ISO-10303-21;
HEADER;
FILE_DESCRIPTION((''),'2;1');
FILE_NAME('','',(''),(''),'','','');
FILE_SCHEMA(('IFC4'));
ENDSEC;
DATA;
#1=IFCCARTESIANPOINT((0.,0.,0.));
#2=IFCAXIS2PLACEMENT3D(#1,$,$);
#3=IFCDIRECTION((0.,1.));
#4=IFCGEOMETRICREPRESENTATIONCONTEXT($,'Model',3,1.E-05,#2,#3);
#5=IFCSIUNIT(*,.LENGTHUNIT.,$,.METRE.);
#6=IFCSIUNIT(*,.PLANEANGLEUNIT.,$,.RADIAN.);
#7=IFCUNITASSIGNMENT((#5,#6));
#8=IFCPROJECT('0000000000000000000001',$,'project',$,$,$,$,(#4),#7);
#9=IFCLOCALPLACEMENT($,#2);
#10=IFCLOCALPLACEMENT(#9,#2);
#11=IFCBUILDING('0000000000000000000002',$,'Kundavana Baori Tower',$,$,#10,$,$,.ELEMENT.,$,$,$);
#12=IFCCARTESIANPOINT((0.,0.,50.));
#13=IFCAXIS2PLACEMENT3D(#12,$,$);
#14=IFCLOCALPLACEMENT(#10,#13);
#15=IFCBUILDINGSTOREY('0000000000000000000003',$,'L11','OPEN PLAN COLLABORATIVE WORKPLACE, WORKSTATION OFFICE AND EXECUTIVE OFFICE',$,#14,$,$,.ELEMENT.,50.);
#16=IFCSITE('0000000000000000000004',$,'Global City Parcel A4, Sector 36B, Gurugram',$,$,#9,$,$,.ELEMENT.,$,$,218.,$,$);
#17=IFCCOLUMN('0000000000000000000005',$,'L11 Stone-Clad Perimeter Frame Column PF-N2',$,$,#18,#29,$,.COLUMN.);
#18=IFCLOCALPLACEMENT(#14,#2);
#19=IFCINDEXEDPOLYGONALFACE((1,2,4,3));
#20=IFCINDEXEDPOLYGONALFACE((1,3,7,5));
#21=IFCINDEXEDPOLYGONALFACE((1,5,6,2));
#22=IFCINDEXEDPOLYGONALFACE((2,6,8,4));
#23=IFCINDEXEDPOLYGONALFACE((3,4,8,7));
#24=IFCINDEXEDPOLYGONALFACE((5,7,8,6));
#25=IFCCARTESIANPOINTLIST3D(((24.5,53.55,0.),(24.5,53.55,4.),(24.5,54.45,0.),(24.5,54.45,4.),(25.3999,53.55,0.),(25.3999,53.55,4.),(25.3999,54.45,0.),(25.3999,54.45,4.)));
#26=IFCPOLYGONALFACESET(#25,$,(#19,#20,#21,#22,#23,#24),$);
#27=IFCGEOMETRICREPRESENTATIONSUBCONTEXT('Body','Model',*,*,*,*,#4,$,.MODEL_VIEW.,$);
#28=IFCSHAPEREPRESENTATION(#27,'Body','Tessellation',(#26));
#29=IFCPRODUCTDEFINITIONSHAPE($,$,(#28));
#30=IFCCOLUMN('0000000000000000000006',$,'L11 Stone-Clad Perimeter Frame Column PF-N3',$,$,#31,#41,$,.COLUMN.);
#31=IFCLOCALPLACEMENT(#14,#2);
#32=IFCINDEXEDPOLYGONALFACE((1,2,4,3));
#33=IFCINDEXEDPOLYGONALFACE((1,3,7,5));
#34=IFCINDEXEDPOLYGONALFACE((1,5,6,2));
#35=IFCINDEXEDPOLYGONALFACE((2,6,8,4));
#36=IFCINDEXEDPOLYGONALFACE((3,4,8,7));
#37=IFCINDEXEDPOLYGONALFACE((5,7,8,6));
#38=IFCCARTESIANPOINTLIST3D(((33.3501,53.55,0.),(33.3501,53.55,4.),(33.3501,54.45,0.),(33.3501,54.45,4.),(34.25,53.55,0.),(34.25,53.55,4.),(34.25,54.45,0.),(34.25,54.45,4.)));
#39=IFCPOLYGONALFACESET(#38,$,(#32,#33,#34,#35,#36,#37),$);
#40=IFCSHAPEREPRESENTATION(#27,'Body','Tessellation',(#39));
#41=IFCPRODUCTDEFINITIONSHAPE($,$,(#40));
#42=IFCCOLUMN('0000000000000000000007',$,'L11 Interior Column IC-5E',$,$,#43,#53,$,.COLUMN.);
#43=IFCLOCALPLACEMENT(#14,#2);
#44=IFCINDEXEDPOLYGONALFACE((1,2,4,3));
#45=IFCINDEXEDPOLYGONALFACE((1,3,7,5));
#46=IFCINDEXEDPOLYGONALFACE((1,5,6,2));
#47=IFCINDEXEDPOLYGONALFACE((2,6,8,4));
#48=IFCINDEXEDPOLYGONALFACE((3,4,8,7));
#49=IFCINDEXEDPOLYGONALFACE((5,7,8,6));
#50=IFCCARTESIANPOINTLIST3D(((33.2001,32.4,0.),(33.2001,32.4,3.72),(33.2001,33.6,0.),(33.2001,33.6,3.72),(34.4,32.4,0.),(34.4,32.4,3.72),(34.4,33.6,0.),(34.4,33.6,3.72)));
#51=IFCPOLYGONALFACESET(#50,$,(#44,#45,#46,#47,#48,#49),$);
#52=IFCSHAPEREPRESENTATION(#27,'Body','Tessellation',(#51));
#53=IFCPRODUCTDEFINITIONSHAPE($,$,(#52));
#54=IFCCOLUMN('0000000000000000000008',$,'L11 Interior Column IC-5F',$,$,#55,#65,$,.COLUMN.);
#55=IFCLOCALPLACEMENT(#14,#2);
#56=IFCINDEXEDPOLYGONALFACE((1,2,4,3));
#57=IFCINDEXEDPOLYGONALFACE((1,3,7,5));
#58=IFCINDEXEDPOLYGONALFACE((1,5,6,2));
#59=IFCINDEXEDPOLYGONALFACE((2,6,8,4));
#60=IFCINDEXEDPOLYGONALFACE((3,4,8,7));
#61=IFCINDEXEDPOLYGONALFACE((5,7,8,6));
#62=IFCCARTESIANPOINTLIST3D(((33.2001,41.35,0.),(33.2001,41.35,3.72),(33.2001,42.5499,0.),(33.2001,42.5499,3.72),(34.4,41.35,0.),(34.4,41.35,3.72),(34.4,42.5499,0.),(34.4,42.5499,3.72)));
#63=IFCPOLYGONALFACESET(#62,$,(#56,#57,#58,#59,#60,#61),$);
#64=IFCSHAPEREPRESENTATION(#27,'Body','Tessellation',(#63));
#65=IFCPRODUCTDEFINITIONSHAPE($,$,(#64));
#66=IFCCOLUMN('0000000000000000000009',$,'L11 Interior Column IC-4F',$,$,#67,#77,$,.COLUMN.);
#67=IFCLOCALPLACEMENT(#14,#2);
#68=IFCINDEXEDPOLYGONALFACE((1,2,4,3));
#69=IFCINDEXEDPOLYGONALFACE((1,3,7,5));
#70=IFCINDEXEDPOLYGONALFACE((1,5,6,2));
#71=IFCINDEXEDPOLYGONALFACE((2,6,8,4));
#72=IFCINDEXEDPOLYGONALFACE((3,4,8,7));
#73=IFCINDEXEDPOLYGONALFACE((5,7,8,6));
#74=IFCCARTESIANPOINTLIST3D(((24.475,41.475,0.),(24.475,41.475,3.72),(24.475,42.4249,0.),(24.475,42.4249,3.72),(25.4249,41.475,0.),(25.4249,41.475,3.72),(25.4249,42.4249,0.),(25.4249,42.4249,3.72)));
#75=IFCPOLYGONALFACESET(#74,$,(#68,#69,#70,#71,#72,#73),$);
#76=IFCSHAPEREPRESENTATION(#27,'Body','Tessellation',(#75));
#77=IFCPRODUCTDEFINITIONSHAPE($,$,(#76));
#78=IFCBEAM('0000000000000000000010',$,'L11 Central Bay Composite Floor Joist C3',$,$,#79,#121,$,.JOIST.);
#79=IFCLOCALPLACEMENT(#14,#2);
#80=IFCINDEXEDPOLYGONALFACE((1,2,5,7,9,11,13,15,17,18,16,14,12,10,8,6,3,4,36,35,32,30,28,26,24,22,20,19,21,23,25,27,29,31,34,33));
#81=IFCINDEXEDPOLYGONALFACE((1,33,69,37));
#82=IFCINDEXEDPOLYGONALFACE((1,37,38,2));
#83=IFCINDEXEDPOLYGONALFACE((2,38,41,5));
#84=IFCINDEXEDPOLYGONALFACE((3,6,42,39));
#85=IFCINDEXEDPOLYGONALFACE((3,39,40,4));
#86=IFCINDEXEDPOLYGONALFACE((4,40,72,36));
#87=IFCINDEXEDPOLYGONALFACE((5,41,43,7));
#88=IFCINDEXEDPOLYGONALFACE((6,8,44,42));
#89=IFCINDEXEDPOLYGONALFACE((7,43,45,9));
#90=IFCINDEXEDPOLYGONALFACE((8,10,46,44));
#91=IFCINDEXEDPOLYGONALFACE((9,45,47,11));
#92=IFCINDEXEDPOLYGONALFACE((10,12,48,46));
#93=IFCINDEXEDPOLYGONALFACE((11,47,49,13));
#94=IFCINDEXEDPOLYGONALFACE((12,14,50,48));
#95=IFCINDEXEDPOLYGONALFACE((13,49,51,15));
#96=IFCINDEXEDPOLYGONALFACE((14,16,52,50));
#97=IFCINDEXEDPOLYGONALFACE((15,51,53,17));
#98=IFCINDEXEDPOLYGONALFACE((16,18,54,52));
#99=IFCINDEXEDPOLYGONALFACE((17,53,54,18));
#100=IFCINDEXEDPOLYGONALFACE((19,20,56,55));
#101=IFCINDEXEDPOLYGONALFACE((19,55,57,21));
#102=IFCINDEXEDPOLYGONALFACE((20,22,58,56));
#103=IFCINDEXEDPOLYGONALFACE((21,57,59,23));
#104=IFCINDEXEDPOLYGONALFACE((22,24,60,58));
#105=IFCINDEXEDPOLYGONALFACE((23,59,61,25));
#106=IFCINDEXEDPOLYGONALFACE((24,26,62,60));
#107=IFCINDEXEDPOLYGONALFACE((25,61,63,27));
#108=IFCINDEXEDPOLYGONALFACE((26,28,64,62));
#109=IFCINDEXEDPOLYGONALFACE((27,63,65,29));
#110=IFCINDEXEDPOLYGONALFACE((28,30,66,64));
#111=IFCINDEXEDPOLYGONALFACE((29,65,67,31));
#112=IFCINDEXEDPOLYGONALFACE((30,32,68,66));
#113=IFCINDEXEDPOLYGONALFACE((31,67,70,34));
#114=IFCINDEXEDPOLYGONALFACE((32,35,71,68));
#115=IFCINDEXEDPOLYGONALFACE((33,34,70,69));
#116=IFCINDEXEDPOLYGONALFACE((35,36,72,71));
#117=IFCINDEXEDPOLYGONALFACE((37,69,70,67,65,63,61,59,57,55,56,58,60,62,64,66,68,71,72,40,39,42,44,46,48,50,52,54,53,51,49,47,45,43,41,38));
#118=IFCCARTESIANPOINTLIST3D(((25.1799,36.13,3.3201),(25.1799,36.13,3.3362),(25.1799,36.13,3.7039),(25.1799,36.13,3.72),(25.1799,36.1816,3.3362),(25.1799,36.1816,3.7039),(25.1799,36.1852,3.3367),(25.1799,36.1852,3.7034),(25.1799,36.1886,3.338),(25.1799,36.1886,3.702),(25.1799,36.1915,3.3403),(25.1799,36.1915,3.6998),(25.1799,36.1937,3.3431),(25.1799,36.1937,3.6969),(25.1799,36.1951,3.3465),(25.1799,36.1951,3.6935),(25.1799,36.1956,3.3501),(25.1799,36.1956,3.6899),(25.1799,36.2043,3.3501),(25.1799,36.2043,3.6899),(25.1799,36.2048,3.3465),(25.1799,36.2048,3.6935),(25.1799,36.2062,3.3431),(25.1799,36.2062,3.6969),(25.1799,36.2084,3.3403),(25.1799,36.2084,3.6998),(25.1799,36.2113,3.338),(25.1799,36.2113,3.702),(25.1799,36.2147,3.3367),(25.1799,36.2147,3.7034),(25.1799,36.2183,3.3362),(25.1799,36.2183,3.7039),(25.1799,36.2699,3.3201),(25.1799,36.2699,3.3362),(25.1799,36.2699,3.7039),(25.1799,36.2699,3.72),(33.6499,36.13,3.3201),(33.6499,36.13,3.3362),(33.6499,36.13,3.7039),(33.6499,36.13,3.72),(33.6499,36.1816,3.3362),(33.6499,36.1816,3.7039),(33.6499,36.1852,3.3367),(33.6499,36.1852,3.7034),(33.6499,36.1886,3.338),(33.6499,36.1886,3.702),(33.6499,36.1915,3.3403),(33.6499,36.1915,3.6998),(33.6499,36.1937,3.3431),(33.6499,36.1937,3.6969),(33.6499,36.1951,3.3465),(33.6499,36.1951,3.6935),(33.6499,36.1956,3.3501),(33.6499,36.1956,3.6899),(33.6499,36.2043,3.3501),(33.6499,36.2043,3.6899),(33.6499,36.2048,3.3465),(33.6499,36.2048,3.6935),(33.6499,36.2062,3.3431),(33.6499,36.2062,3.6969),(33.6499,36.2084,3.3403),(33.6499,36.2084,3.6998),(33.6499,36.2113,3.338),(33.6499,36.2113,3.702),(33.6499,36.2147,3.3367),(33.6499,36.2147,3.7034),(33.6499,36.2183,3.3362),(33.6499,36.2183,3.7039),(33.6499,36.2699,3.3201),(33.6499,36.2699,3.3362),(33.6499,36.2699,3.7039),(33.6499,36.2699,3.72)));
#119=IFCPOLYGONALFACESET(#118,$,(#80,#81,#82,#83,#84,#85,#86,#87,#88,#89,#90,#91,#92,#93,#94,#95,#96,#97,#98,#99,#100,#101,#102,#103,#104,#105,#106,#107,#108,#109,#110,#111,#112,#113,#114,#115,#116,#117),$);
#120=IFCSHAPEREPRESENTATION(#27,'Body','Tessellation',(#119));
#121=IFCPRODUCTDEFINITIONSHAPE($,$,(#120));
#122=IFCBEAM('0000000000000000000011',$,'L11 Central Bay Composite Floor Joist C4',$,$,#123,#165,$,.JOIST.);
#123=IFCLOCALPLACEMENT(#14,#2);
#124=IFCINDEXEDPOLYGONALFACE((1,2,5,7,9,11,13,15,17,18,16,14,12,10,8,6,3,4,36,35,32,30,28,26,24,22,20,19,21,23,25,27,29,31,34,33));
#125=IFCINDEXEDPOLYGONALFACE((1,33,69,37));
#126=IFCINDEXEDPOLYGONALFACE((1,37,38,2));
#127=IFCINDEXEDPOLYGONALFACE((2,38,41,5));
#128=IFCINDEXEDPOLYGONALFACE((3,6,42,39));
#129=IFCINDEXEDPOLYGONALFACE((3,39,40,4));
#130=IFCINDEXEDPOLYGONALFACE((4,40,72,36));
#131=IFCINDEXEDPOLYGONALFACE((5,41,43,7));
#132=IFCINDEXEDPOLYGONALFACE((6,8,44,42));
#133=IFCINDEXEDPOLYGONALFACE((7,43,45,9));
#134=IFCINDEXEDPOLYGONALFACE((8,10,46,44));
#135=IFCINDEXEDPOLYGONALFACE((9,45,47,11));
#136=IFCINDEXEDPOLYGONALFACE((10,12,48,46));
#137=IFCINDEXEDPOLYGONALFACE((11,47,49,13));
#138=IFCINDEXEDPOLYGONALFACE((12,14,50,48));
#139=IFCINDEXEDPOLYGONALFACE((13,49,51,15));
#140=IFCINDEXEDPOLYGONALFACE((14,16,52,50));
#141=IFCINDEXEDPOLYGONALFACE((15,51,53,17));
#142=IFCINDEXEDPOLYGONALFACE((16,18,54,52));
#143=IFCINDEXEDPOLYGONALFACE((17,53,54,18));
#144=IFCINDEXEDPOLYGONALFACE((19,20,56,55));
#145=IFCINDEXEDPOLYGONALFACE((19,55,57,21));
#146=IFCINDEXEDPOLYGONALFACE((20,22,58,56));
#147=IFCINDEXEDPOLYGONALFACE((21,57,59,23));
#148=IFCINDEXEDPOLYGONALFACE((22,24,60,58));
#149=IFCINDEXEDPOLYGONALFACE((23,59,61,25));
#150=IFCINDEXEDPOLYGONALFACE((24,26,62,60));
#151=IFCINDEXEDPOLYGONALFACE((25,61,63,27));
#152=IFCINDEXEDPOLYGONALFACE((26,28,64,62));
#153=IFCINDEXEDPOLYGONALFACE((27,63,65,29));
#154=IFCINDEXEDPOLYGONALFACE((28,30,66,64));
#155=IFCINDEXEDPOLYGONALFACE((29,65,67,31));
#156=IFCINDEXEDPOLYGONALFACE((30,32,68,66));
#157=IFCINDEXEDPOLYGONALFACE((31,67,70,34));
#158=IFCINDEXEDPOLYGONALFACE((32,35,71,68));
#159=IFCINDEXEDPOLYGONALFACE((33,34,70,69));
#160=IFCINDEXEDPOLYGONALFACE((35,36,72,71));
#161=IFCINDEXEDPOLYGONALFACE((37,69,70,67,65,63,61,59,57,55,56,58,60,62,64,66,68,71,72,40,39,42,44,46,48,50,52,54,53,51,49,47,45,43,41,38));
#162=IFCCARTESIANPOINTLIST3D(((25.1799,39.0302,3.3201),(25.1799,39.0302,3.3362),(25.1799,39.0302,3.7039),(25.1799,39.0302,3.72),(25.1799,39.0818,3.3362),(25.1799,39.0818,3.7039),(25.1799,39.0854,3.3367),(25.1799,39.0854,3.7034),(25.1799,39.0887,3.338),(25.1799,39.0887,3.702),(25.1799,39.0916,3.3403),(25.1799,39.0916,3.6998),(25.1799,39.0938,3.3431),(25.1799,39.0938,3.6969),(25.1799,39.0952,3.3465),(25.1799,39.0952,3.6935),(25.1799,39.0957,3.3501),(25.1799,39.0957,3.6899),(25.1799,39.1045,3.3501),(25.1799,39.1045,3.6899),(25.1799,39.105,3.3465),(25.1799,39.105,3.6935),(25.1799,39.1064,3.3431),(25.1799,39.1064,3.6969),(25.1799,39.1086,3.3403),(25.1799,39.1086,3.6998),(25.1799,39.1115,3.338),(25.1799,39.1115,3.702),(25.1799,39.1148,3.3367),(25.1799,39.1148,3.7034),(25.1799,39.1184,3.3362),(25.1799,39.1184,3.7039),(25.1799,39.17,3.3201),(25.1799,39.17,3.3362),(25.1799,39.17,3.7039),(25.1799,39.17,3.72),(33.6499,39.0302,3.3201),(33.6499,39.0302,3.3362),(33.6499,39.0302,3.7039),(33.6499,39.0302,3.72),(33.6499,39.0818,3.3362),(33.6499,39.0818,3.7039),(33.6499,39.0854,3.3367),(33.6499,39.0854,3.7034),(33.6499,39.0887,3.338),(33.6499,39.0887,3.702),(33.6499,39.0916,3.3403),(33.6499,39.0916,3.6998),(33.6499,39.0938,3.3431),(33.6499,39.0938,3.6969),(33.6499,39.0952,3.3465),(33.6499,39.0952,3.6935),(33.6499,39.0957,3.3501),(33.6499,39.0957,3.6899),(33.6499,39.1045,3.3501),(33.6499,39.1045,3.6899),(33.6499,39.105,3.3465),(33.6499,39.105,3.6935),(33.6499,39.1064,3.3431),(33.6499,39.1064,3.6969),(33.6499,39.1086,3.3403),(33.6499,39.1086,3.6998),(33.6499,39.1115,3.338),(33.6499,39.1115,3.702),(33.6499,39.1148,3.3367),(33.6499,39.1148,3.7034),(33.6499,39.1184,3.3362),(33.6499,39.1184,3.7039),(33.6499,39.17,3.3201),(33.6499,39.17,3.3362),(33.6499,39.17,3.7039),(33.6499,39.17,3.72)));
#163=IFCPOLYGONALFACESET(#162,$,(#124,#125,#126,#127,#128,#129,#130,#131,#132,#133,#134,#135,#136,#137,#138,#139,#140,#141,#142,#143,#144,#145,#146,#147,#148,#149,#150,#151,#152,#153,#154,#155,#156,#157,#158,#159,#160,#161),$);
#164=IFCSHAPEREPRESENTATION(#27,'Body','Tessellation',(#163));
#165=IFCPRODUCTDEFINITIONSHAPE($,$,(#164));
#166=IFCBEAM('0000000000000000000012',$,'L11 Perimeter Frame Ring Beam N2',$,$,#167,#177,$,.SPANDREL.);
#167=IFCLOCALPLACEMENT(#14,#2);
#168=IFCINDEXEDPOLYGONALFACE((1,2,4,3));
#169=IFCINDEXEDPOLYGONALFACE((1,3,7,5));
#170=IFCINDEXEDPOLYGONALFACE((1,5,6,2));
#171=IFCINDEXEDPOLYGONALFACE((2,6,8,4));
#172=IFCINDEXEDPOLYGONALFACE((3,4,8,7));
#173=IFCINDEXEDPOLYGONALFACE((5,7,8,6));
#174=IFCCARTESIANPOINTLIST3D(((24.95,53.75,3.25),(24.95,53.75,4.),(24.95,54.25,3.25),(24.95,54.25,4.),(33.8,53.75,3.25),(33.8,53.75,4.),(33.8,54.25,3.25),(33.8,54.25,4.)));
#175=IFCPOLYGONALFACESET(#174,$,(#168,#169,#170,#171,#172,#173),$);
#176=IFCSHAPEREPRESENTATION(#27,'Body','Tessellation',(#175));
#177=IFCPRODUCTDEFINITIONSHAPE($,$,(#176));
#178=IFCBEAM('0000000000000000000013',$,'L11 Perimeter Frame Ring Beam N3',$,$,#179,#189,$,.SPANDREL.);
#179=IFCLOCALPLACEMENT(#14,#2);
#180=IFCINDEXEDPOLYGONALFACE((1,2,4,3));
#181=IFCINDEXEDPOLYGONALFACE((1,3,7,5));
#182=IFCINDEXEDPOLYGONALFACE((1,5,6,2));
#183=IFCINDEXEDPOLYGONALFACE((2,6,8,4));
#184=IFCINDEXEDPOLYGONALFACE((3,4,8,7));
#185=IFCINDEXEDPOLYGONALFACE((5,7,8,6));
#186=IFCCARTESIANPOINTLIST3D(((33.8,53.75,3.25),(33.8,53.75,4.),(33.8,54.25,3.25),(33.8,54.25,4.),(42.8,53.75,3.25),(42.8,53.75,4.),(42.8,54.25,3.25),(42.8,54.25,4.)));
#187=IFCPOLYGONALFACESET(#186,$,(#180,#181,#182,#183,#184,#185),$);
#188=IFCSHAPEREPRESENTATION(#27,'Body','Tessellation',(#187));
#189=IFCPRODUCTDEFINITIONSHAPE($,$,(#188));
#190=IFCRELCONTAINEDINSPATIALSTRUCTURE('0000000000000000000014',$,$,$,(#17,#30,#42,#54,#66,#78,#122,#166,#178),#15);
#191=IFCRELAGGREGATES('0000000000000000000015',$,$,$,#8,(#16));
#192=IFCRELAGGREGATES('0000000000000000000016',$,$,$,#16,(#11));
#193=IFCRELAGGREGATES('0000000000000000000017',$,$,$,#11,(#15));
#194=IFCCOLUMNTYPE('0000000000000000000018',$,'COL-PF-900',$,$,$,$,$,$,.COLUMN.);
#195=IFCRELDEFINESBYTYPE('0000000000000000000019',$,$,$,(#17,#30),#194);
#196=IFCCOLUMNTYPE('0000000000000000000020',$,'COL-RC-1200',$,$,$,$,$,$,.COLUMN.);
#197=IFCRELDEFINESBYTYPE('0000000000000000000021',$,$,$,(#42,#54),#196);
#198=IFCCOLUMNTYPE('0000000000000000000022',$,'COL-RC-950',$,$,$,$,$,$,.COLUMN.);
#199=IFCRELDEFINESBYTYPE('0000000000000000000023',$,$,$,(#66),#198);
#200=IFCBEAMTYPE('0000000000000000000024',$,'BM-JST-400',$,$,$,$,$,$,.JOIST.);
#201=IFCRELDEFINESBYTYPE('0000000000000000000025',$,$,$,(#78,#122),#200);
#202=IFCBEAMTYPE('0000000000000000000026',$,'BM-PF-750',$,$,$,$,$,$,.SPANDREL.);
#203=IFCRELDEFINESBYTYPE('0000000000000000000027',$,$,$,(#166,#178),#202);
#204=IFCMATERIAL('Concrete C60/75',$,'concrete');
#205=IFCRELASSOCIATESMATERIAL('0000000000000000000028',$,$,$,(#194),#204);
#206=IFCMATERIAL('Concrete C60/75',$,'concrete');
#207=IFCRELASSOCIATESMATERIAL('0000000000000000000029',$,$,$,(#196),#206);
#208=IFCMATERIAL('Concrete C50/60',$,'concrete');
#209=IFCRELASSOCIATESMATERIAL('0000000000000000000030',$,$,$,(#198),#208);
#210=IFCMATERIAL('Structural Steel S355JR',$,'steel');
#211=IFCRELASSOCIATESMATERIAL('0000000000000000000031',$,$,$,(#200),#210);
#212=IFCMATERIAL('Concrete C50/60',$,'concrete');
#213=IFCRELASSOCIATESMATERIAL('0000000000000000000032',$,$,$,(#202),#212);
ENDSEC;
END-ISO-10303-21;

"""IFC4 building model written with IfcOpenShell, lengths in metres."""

from ifc_helpers import new_model, si_unit, direction, frame, origin, origin_2d, place, context, subcontext, project, spatial, rectangle, i_section, extrude, material, material_profile, profile_set, type_object, element, save


model = new_model("IFC4")

# Units and contexts
model_context = context("Model", 3, precision=1e-05, world=origin(), true_north=direction((0.0, 1.0)))
body_context = subcontext(model_context, "Body", "Model", "MODEL_VIEW")
ifc_project = project(units=[si_unit("LENGTHUNIT", "METRE"), si_unit("PLANEANGLEUNIT", "RADIAN")], contexts=[model_context])

# Site, building, storey
site_placement = place(None, origin())
site = spatial("IfcSite", under=ifc_project, at=site_placement, Name="Global City Parcel A4, Sector 36B, Gurugram", CompositionType="ELEMENT", RefElevation=218.0)
building_placement = place(site_placement, origin())
building = spatial("IfcBuilding", under=site, at=building_placement, Name="Kundavana Baori Tower", CompositionType="ELEMENT")
storey_placement = place(building_placement, frame((0.0, 0.0, 50.0)))
storey = spatial("IfcBuildingStorey", under=building, at=storey_placement, Name="L11", Description="OPEN PLAN COLLABORATIVE WORKPLACE, WORKSTATION OFFICE AND EXECUTIVE OFFICE", CompositionType="ELEMENT", Elevation=50.0)

# Columns
ifc_material_1 = material(Name="Concrete C60/75", Category="concrete")
ifc_material_profile_1 = material_profile(ifc_material_1, rectangle(XDim=0.8999, YDim=0.8999, at=origin_2d()), Name="RC PF 900x900")
ifc_profile_set_1 = profile_set([ifc_material_profile_1], Name="Concrete C60/75")
column_type_1 = type_object("IfcColumnType", Name="COL-PF-900", PredefinedType="COLUMN", material=ifc_profile_set_1)
for number, where, z_axis, x_axis, name in (
    (1, (24.95, 54.0, 0.0), (0.0, 0.0, 1.0), (1.0, 0.0, 0.0), "L11 Stone-Clad Perimeter Frame Column PF-N2"),
    (2, (33.8, 54.0, 0.0), (0.0, 0.0, 1.0), (1.0, 0.0, 0.0), "L11 Stone-Clad Perimeter Frame Column PF-N3"),
):
    element("IfcColumn", number, at=place(storey_placement, frame(where, z_axis=z_axis, x_axis=x_axis)), inside=storey, type_object=column_type_1, Name=name, PredefinedType="COLUMN", context=body_context, shape_type="SweptSolid", body=[
        extrude(rectangle(XDim=0.8999, YDim=0.8999, at=origin_2d()), origin(), (0.0, 0.0, 1.0), 4.0),
    ])
ifc_material_2 = material(Name="Concrete C60/75", Category="concrete")
ifc_material_profile_2 = material_profile(ifc_material_2, rectangle(XDim=1.2, YDim=1.2, at=origin_2d()), Name="RC 1200x1200")
ifc_profile_set_2 = profile_set([ifc_material_profile_2], Name="Concrete C60/75")
column_type_2 = type_object("IfcColumnType", Name="COL-RC-1200", PredefinedType="COLUMN", material=ifc_profile_set_2)
for number, where, z_axis, x_axis, name in (
    (3, (33.8, 33.0, 0.0), (0.0, 0.0, 1.0), (1.0, 0.0, 0.0), "L11 Interior Column IC-5E"),
    (4, (33.8, 41.95, 0.0), (0.0, 0.0, 1.0), (1.0, 0.0, 0.0), "L11 Interior Column IC-5F"),
):
    element("IfcColumn", number, at=place(storey_placement, frame(where, z_axis=z_axis, x_axis=x_axis)), inside=storey, type_object=column_type_2, Name=name, PredefinedType="COLUMN", context=body_context, shape_type="SweptSolid", body=[
        extrude(rectangle(XDim=1.2, YDim=1.2, at=origin_2d()), origin(), (0.0, 0.0, 1.0), 3.72),
    ])
ifc_material_3 = material(Name="Concrete C50/60", Category="concrete")
ifc_material_profile_3 = material_profile(ifc_material_3, rectangle(XDim=0.95, YDim=0.95, at=origin_2d()), Name="RC 950x950")
ifc_profile_set_3 = profile_set([ifc_material_profile_3], Name="Concrete C50/60")
column_type_3 = type_object("IfcColumnType", Name="COL-RC-950", PredefinedType="COLUMN", material=ifc_profile_set_3)
column_placement = place(storey_placement, frame((24.95, 41.95, 0.0), z_axis=(0.0, 0.0, 1.0), x_axis=(1.0, 0.0, 0.0)))
element("IfcColumn", 5, at=column_placement, inside=storey, type_object=column_type_3, Name="L11 Interior Column IC-4F", PredefinedType="COLUMN", context=body_context, shape_type="SweptSolid", body=[
    extrude(rectangle(XDim=0.95, YDim=0.95, at=origin_2d()), origin(), (0.0, 0.0, 1.0), 3.72),
])

# Beams
ifc_material_4 = material(Name="Structural Steel S355JR", Category="steel")
ifc_material_profile_4 = material_profile(ifc_material_4, i_section(OverallWidth=0.1399, OverallDepth=0.3999, WebThickness=0.0088, FlangeThickness=0.0161, FilletRadius=0.0139, at=origin_2d()), Name="ISMB 400")
ifc_profile_set_4 = profile_set([ifc_material_profile_4], Name="Structural Steel S355JR")
beam_type_1 = type_object("IfcBeamType", Name="BM-JST-400", PredefinedType="JOIST", material=ifc_profile_set_4)
for number, where, z_axis, x_axis, name in (
    (6, (25.1799, 36.2, 3.52), (1.0, 0.0, 0.0), (0.0, 1.0, 0.0), "L11 Central Bay Composite Floor Joist C3"),
    (7, (25.1799, 39.1001, 3.52), (1.0, 0.0, 0.0), (0.0, 1.0, 0.0), "L11 Central Bay Composite Floor Joist C4"),
):
    element("IfcBeam", number, at=place(storey_placement, frame(where, z_axis=z_axis, x_axis=x_axis)), inside=storey, type_object=beam_type_1, Name=name, PredefinedType="JOIST", context=body_context, shape_type="SweptSolid", body=[
        extrude(i_section(OverallWidth=0.1399, OverallDepth=0.3999, WebThickness=0.0088, FlangeThickness=0.0161, FilletRadius=0.0139, at=origin_2d()), origin(), (0.0, 0.0, 1.0), 8.47),
    ])
ifc_material_5 = material(Name="Concrete C50/60", Category="concrete")
ifc_material_profile_5 = material_profile(ifc_material_5, rectangle(XDim=0.5, YDim=0.75, at=origin_2d()), Name="RC BM 500x750")
ifc_profile_set_5 = profile_set([ifc_material_profile_5], Name="Concrete C50/60")
beam_type_2 = type_object("IfcBeamType", Name="BM-PF-750", PredefinedType="SPANDREL", material=ifc_profile_set_5)
beam_1_placement = place(storey_placement, frame((24.95, 54.0, 3.625), z_axis=(1.0, 0.0, 0.0), x_axis=(0.0, 1.0, 0.0)))
element("IfcBeam", 8, at=beam_1_placement, inside=storey, type_object=beam_type_2, Name="L11 Perimeter Frame Ring Beam N2", PredefinedType="SPANDREL", context=body_context, shape_type="SweptSolid", body=[
    extrude(rectangle(XDim=0.5, YDim=0.75, at=origin_2d()), origin(), (0.0, 0.0, 1.0), 8.8501),
])
beam_2_placement = place(storey_placement, frame((33.8, 54.0, 3.625), z_axis=(1.0, 0.0, 0.0), x_axis=(0.0, 1.0, 0.0)))
element("IfcBeam", 9, at=beam_2_placement, inside=storey, type_object=beam_type_2, Name="L11 Perimeter Frame Ring Beam N3", PredefinedType="SPANDREL", context=body_context, shape_type="SweptSolid", body=[
    extrude(rectangle(XDim=0.5, YDim=0.75, at=origin_2d()), origin(), (0.0, 0.0, 1.0), 9.0),
])

save(model, "model.ifc")
